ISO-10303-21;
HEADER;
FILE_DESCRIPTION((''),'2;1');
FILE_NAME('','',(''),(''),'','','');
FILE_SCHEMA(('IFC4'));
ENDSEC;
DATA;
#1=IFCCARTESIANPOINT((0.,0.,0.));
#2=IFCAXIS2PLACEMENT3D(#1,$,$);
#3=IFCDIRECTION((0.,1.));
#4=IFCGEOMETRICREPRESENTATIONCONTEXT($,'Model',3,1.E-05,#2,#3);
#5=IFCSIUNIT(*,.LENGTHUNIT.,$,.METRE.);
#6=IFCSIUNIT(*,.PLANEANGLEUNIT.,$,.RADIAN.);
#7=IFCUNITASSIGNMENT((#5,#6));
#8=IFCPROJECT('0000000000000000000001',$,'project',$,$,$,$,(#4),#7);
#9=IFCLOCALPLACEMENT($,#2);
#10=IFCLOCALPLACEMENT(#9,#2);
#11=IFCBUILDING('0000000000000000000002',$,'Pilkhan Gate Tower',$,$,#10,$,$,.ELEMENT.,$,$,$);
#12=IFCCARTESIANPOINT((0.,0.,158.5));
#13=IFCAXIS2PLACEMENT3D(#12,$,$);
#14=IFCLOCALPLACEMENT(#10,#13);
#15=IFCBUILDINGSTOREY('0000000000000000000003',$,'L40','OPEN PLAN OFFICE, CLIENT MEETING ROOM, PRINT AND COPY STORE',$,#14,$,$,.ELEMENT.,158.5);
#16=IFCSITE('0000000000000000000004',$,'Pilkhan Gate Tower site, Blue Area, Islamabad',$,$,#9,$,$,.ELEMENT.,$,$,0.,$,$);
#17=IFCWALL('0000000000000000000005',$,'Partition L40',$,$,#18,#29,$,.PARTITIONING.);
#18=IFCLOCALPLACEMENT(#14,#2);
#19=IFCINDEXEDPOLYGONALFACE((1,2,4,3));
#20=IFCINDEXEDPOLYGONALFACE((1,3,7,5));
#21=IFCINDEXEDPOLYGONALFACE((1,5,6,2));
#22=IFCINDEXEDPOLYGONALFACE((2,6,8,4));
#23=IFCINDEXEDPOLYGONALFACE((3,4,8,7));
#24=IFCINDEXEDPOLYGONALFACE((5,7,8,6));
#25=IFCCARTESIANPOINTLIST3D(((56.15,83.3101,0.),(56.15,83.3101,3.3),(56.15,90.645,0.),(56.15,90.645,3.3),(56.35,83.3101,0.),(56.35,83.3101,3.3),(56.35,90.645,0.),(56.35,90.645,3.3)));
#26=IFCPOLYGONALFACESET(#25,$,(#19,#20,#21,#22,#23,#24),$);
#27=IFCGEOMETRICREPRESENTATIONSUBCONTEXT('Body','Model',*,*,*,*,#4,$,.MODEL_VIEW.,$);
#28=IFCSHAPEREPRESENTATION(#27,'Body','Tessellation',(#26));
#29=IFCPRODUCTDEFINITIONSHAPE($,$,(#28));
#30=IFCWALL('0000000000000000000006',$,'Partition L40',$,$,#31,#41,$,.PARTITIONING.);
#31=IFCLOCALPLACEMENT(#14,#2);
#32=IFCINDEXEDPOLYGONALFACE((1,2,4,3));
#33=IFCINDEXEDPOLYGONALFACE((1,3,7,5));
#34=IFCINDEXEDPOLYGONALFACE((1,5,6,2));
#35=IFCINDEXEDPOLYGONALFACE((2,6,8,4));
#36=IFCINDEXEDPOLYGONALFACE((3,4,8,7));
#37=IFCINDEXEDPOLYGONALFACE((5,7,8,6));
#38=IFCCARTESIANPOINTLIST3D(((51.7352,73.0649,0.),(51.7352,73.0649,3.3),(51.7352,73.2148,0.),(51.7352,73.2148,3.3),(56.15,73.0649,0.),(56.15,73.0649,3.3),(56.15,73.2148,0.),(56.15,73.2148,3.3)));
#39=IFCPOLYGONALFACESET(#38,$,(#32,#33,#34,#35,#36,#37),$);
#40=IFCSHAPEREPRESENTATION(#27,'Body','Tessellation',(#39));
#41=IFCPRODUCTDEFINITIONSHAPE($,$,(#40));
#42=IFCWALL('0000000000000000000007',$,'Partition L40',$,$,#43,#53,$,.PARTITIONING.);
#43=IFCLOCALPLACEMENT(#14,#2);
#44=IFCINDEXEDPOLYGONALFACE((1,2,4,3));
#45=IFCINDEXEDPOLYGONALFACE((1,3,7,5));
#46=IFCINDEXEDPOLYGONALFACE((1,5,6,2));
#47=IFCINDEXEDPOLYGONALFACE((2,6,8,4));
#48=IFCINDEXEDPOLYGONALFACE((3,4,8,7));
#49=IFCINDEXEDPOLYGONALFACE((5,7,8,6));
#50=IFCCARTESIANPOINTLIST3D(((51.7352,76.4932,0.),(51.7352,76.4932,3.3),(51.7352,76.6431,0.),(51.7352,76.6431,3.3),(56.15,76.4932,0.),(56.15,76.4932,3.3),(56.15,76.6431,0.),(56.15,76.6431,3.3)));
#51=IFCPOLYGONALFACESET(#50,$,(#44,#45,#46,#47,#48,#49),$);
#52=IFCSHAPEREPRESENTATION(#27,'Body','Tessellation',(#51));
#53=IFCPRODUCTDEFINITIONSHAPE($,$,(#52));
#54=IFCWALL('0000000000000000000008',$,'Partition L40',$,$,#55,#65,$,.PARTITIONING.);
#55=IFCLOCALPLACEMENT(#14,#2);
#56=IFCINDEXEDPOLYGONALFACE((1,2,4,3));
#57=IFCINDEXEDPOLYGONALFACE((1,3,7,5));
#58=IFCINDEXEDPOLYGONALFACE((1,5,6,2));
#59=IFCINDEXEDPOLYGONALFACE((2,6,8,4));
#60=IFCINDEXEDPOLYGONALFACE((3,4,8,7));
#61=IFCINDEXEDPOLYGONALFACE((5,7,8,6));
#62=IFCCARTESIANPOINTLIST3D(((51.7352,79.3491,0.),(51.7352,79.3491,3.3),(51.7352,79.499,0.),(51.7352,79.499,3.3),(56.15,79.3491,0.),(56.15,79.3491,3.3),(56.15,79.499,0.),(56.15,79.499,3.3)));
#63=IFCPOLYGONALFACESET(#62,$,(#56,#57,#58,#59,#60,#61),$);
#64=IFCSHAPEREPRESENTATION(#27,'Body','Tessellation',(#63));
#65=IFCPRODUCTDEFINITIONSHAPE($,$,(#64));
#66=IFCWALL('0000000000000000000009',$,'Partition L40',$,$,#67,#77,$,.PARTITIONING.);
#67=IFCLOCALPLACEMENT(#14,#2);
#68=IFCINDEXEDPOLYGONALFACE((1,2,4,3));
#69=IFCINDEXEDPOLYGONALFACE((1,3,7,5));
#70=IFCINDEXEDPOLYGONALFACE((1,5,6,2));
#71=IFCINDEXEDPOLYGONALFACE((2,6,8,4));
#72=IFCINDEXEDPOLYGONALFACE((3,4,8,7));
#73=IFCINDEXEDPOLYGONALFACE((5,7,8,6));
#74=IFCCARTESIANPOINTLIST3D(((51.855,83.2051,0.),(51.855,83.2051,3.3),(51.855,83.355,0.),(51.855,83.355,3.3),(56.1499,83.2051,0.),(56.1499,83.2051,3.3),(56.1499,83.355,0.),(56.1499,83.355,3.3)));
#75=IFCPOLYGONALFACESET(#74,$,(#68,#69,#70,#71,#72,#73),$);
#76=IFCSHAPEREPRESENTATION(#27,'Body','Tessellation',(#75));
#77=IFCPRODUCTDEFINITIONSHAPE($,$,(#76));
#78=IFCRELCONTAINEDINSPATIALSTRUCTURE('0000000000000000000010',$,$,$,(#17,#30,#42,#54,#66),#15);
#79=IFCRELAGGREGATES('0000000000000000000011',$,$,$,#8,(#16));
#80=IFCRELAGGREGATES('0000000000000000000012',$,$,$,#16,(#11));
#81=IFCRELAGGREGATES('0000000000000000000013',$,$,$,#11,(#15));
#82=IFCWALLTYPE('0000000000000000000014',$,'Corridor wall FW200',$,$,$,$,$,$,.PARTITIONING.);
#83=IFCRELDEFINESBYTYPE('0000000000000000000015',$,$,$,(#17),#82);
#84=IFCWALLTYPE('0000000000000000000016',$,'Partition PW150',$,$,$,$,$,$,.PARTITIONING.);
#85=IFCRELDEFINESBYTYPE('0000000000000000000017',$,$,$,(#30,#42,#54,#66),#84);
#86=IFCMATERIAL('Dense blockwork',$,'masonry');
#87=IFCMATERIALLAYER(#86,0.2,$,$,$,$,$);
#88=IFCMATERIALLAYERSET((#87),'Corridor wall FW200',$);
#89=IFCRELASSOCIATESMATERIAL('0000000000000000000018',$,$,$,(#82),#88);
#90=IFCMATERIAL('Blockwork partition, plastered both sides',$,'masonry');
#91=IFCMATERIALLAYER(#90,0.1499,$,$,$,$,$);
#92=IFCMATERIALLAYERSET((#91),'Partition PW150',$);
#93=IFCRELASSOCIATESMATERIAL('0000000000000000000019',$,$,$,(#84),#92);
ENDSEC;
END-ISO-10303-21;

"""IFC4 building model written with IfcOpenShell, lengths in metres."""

from ifc_helpers import new_model, si_unit, direction, frame, frame_2d, origin, place, context, subcontext, project, spatial, rectangle, extrude, material, layer, layer_set, type_object, element, save


model = new_model("IFC4")

# Units and contexts
model_context = context("Model", 3, precision=1e-05, world=origin(), true_north=direction((0.0, 1.0)))
body_context = subcontext(model_context, "Body", "Model", "MODEL_VIEW")
ifc_project = project(units=[si_unit("LENGTHUNIT", "METRE"), si_unit("PLANEANGLEUNIT", "RADIAN")], contexts=[model_context])

# Site, building, storey
site_placement = place(None, origin())
site = spatial("IfcSite", under=ifc_project, at=site_placement, Name="Pilkhan Gate Tower site, Blue Area, Islamabad", CompositionType="ELEMENT", RefElevation=0.0)
building_placement = place(site_placement, origin())
building = spatial("IfcBuilding", under=site, at=building_placement, Name="Pilkhan Gate Tower", CompositionType="ELEMENT")
storey_placement = place(building_placement, frame((0.0, 0.0, 158.5)))
storey = spatial("IfcBuildingStorey", under=building, at=storey_placement, Name="L40", Description="OPEN PLAN OFFICE, CLIENT MEETING ROOM, PRINT AND COPY STORE", CompositionType="ELEMENT", Elevation=158.5)

# Walls
ifc_material_1 = material(Name="Dense blockwork", Category="masonry")
ifc_layer_1 = layer(ifc_material_1, 0.2)
ifc_layer_set_1 = layer_set([ifc_layer_1], Name="Corridor wall FW200")
wall_type_1 = type_object("IfcWallType", Name="Corridor wall FW200", PredefinedType="PARTITIONING", material=ifc_layer_set_1)
wall_1_placement = place(storey_placement, frame((56.25, 83.3101, 0.0), z_axis=(0.0, 0.0, 1.0), x_axis=(0.0, 1.0, 0.0)))
element("IfcWall", 1, at=wall_1_placement, inside=storey, type_object=wall_type_1, Name="Partition L40", PredefinedType="PARTITIONING", context=body_context, shape_type="SweptSolid", body=[
    extrude(rectangle(XDim=7.335, YDim=0.2, at=frame_2d((3.6675, 0.0))), origin(), (0.0, 0.0, 1.0), 3.3),
])
ifc_material_2 = material(Name="Blockwork partition, plastered both sides", Category="masonry")
ifc_layer_2 = layer(ifc_material_2, 0.1499)
ifc_layer_set_2 = layer_set([ifc_layer_2], Name="Partition PW150")
wall_type_2 = type_object("IfcWallType", Name="Partition PW150", PredefinedType="PARTITIONING", material=ifc_layer_set_2)
for number, where, z_axis, x_axis, name in (
    (2, (51.7351, 73.1399, 0.0), (0.0, 0.0, 1.0), (1.0, 0.0, 0.0), "Partition L40"),
    (3, (51.7351, 76.5681, 0.0), (0.0, 0.0, 1.0), (1.0, 0.0, 0.0), "Partition L40"),
    (4, (51.7351, 79.4241, 0.0), (0.0, 0.0, 1.0), (1.0, 0.0, 0.0), "Partition L40"),
):
    element("IfcWall", number, at=place(storey_placement, frame(where, z_axis=z_axis, x_axis=x_axis)), inside=storey, type_object=wall_type_2, Name=name, PredefinedType="PARTITIONING", context=body_context, shape_type="SweptSolid", body=[
        extrude(rectangle(XDim=4.4148, YDim=0.1499, at=frame_2d((2.2075, 0.0))), origin(), (0.0, 0.0, 1.0), 3.3),
    ])
wall_2_placement = place(storey_placement, frame((51.855, 83.28, 0.0), z_axis=(0.0, 0.0, 1.0), x_axis=(1.0, 0.0, 0.0)))
element("IfcWall", 5, at=wall_2_placement, inside=storey, type_object=wall_type_2, Name="Partition L40", PredefinedType="PARTITIONING", context=body_context, shape_type="SweptSolid", body=[
    extrude(rectangle(XDim=4.2949, YDim=0.1499, at=frame_2d((2.1475, 0.0))), origin(), (0.0, 0.0, 1.0), 3.3),
])

save(model, "model.ifc")
